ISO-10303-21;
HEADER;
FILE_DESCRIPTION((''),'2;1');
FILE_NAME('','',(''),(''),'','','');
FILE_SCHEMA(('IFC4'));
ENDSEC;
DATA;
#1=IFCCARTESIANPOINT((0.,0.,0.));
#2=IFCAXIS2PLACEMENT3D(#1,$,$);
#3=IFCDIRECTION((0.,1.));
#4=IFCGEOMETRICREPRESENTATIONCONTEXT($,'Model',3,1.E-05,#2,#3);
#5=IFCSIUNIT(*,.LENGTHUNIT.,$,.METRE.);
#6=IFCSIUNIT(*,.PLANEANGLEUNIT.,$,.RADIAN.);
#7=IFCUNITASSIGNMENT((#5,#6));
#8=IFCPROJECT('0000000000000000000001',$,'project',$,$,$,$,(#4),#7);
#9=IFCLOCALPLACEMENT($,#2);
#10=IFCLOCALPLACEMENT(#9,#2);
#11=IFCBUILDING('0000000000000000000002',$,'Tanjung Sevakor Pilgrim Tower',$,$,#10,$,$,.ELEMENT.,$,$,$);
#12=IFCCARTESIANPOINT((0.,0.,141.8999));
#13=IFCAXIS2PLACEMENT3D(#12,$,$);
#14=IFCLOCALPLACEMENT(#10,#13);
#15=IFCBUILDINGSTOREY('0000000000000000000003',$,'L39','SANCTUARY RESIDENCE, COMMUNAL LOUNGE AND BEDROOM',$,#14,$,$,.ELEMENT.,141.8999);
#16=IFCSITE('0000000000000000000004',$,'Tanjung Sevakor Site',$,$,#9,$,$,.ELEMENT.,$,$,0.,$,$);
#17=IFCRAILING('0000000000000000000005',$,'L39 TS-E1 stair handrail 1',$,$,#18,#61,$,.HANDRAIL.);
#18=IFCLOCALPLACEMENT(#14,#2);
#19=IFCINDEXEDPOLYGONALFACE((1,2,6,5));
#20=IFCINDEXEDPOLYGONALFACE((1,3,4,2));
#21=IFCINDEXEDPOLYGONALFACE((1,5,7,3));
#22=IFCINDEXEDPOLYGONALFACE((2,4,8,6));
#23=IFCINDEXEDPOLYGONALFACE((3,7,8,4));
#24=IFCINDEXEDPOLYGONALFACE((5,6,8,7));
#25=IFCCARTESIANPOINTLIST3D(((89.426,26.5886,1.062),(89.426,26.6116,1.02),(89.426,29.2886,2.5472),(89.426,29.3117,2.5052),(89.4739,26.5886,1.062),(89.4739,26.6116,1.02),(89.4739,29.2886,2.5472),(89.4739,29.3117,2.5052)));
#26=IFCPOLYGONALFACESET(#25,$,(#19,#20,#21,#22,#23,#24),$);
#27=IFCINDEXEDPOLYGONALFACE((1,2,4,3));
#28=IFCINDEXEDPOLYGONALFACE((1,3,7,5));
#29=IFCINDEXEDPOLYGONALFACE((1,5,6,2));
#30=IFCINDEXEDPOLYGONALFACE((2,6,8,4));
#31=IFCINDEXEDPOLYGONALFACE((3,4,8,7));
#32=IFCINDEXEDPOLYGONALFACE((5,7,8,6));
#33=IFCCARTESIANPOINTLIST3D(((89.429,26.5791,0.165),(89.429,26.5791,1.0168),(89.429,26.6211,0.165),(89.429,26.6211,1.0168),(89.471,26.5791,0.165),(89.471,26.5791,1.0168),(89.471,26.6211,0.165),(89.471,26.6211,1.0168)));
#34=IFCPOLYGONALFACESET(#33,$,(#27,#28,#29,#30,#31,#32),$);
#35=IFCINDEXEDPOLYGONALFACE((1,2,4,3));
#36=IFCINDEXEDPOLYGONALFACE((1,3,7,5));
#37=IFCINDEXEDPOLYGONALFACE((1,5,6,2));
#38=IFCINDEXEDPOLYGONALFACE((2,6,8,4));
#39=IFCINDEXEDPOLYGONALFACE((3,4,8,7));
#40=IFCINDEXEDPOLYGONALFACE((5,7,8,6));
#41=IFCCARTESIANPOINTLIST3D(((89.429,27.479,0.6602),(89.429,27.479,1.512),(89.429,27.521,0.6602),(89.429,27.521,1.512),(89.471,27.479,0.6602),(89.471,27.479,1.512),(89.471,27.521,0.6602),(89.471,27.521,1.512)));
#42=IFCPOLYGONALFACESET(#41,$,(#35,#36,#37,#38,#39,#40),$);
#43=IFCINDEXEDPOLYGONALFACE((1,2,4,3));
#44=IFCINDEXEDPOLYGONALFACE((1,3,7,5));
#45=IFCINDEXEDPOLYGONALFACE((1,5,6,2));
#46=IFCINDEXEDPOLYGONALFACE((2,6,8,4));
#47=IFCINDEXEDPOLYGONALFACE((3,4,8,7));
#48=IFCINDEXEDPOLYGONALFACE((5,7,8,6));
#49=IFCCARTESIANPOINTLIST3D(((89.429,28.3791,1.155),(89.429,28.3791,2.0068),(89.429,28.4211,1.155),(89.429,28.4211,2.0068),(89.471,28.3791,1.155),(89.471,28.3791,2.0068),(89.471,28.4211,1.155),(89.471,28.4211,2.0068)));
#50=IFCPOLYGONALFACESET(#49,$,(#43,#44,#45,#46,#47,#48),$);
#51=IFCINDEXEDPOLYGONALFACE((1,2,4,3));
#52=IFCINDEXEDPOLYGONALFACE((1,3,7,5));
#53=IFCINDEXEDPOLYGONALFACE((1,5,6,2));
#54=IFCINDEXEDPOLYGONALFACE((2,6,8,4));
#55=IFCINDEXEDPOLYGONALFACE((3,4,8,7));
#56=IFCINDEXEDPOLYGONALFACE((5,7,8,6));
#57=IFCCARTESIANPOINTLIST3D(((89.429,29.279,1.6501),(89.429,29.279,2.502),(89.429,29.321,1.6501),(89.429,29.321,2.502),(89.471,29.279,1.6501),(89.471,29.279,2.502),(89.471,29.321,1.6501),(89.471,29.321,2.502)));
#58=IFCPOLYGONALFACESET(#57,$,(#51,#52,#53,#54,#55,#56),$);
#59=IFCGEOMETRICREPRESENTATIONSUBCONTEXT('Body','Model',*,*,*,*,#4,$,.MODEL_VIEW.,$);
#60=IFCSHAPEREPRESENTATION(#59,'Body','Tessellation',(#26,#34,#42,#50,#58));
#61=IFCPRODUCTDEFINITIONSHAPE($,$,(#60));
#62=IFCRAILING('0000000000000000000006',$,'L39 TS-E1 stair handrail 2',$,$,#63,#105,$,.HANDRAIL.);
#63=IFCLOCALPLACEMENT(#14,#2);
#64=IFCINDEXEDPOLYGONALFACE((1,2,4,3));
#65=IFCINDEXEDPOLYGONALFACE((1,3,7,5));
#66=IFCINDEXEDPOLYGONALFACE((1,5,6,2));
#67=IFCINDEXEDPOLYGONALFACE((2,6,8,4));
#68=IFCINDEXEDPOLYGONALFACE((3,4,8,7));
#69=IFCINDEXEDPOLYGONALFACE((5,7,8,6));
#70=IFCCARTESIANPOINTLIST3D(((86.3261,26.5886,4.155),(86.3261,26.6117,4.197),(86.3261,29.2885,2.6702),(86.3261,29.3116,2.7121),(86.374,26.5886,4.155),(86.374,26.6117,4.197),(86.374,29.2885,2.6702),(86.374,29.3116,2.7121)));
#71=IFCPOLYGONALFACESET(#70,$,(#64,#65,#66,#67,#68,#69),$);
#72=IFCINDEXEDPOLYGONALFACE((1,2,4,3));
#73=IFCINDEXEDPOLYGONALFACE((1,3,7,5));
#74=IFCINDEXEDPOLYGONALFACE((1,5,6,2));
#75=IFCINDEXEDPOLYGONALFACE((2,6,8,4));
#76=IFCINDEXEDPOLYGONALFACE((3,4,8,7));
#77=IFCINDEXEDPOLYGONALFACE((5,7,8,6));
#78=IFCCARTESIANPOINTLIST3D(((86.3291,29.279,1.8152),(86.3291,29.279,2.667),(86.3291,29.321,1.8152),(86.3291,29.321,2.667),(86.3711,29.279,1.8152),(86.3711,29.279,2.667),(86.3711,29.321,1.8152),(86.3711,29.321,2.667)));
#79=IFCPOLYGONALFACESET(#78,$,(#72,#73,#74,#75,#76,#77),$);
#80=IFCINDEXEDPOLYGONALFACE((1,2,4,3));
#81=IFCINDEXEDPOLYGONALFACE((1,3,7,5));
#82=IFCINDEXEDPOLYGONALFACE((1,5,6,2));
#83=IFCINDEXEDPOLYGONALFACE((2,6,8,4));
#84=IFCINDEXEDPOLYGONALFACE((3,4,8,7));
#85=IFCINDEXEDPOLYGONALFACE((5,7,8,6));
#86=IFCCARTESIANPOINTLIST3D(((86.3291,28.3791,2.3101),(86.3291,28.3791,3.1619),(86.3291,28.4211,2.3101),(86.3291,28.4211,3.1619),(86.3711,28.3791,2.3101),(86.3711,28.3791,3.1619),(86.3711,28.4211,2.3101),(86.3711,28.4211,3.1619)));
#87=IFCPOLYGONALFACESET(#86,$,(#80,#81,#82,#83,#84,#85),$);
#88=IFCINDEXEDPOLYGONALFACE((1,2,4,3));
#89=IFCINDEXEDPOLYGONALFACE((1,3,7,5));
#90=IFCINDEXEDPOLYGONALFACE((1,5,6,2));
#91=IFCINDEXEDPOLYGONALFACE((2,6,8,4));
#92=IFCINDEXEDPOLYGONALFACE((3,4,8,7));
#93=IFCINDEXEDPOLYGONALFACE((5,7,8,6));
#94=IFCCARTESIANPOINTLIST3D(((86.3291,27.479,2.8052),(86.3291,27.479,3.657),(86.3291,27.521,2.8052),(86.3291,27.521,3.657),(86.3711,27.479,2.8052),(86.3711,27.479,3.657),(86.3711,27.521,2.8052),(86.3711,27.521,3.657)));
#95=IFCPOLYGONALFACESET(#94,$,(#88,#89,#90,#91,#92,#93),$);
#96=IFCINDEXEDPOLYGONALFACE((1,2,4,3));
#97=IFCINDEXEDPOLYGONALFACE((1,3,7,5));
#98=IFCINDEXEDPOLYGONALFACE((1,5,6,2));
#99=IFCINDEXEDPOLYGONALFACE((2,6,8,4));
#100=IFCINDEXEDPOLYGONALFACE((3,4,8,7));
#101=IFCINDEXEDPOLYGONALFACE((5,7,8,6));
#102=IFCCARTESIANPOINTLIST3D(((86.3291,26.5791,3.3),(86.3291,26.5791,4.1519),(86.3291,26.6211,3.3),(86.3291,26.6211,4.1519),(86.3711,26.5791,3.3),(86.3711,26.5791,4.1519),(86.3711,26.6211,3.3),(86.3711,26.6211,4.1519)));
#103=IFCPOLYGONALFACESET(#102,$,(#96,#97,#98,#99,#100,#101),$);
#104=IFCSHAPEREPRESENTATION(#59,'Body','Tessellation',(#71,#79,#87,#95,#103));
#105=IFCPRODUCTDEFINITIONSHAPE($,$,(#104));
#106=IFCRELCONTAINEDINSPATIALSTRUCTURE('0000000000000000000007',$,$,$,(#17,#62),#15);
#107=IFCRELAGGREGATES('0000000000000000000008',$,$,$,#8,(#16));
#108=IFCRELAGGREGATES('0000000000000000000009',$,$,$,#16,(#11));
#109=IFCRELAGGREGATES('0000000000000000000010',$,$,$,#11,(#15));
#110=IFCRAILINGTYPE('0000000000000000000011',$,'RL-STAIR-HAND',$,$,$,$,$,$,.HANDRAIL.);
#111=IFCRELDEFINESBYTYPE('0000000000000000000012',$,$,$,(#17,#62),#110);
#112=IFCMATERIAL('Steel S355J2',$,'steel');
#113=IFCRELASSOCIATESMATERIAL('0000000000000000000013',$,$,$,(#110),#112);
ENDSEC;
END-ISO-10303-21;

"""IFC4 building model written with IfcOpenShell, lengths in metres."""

from ifc_helpers import new_model, si_unit, direction, frame, origin, place, context, subcontext, project, spatial, rectangle, extrude, material, type_object, element, save


model = new_model("IFC4")

# Units and contexts
model_context = context("Model", 3, precision=1e-05, world=origin(), true_north=direction((0.0, 1.0)))
body_context = subcontext(model_context, "Body", "Model", "MODEL_VIEW")
ifc_project = project(units=[si_unit("LENGTHUNIT", "METRE"), si_unit("PLANEANGLEUNIT", "RADIAN")], contexts=[model_context])

# Site, building, storey
site_placement = place(None, origin())
site = spatial("IfcSite", under=ifc_project, at=site_placement, Name="Tanjung Sevakor Site", CompositionType="ELEMENT", RefElevation=0.0)
building_placement = place(site_placement, origin())
building = spatial("IfcBuilding", under=site, at=building_placement, Name="Tanjung Sevakor Pilgrim Tower", CompositionType="ELEMENT")
storey_placement = place(building_placement, frame((0.0, 0.0, 141.8999)))
storey = spatial("IfcBuildingStorey", under=building, at=storey_placement, Name="L39", Description="SANCTUARY RESIDENCE, COMMUNAL LOUNGE AND BEDROOM", CompositionType="ELEMENT", Elevation=141.8999)

# Railings
ifc_material_1 = material(Name="Steel S355J2", Category="steel")
railing_type_1 = type_object("IfcRailingType", Name="RL-STAIR-HAND", PredefinedType="HANDRAIL", material=ifc_material_1)
railing_1_placement = place(storey_placement, frame((89.45, 26.6001, 0.165)))
element("IfcRailing", 1, at=railing_1_placement, inside=storey, type_object=railing_type_1, Name="L39 TS-E1 stair handrail 1", PredefinedType="HANDRAIL", context=body_context, shape_type="SweptSolid", body=[
    extrude(rectangle(XDim=0.0479, YDim=0.0479), frame((0.0, 0.0, 0.876), z_axis=(0.0, 0.876198, 0.481952), x_axis=(-1.0, 0.0, 0.0)), (0.0, 0.0, 1.0), 3.0815),
    extrude(rectangle(XDim=0.042, YDim=0.042), origin(), (0.0, 0.0, 1.0), 0.8518),
    extrude(rectangle(XDim=0.042, YDim=0.042), frame((0.0, 0.8999, 0.4951)), (0.0, 0.0, 1.0), 0.8518),
    extrude(rectangle(XDim=0.042, YDim=0.042), frame((0.0, 1.8, 0.99)), (0.0, 0.0, 1.0), 0.8518),
    extrude(rectangle(XDim=0.042, YDim=0.042), frame((0.0, 2.7, 1.4851)), (0.0, 0.0, 1.0), 0.8518),
])
railing_2_placement = place(storey_placement, frame((86.3501, 29.3, 1.8152)))
element("IfcRailing", 2, at=railing_2_placement, inside=storey, type_object=railing_type_1, Name="L39 TS-E1 stair handrail 2", PredefinedType="HANDRAIL", context=body_context, shape_type="SweptSolid", body=[
    extrude(rectangle(XDim=0.0479, YDim=0.0479), frame((0.0, 0.0, 0.876), z_axis=(0.0, -0.876231, 0.481891), x_axis=(1.0, 0.0, 0.0)), (0.0, 0.0, 1.0), 3.0813),
    extrude(rectangle(XDim=0.042, YDim=0.042), origin(), (0.0, 0.0, 1.0), 0.8518),
    extrude(rectangle(XDim=0.042, YDim=0.042), frame((0.0, -0.8999, 0.4949)), (0.0, 0.0, 1.0), 0.8518),
    extrude(rectangle(XDim=0.042, YDim=0.042), frame((0.0, -1.8, 0.99)), (0.0, 0.0, 1.0), 0.8518),
    extrude(rectangle(XDim=0.042, YDim=0.042), frame((0.0, -2.7, 1.4849)), (0.0, 0.0, 1.0), 0.8518),
])

save(model, "model.ifc")
